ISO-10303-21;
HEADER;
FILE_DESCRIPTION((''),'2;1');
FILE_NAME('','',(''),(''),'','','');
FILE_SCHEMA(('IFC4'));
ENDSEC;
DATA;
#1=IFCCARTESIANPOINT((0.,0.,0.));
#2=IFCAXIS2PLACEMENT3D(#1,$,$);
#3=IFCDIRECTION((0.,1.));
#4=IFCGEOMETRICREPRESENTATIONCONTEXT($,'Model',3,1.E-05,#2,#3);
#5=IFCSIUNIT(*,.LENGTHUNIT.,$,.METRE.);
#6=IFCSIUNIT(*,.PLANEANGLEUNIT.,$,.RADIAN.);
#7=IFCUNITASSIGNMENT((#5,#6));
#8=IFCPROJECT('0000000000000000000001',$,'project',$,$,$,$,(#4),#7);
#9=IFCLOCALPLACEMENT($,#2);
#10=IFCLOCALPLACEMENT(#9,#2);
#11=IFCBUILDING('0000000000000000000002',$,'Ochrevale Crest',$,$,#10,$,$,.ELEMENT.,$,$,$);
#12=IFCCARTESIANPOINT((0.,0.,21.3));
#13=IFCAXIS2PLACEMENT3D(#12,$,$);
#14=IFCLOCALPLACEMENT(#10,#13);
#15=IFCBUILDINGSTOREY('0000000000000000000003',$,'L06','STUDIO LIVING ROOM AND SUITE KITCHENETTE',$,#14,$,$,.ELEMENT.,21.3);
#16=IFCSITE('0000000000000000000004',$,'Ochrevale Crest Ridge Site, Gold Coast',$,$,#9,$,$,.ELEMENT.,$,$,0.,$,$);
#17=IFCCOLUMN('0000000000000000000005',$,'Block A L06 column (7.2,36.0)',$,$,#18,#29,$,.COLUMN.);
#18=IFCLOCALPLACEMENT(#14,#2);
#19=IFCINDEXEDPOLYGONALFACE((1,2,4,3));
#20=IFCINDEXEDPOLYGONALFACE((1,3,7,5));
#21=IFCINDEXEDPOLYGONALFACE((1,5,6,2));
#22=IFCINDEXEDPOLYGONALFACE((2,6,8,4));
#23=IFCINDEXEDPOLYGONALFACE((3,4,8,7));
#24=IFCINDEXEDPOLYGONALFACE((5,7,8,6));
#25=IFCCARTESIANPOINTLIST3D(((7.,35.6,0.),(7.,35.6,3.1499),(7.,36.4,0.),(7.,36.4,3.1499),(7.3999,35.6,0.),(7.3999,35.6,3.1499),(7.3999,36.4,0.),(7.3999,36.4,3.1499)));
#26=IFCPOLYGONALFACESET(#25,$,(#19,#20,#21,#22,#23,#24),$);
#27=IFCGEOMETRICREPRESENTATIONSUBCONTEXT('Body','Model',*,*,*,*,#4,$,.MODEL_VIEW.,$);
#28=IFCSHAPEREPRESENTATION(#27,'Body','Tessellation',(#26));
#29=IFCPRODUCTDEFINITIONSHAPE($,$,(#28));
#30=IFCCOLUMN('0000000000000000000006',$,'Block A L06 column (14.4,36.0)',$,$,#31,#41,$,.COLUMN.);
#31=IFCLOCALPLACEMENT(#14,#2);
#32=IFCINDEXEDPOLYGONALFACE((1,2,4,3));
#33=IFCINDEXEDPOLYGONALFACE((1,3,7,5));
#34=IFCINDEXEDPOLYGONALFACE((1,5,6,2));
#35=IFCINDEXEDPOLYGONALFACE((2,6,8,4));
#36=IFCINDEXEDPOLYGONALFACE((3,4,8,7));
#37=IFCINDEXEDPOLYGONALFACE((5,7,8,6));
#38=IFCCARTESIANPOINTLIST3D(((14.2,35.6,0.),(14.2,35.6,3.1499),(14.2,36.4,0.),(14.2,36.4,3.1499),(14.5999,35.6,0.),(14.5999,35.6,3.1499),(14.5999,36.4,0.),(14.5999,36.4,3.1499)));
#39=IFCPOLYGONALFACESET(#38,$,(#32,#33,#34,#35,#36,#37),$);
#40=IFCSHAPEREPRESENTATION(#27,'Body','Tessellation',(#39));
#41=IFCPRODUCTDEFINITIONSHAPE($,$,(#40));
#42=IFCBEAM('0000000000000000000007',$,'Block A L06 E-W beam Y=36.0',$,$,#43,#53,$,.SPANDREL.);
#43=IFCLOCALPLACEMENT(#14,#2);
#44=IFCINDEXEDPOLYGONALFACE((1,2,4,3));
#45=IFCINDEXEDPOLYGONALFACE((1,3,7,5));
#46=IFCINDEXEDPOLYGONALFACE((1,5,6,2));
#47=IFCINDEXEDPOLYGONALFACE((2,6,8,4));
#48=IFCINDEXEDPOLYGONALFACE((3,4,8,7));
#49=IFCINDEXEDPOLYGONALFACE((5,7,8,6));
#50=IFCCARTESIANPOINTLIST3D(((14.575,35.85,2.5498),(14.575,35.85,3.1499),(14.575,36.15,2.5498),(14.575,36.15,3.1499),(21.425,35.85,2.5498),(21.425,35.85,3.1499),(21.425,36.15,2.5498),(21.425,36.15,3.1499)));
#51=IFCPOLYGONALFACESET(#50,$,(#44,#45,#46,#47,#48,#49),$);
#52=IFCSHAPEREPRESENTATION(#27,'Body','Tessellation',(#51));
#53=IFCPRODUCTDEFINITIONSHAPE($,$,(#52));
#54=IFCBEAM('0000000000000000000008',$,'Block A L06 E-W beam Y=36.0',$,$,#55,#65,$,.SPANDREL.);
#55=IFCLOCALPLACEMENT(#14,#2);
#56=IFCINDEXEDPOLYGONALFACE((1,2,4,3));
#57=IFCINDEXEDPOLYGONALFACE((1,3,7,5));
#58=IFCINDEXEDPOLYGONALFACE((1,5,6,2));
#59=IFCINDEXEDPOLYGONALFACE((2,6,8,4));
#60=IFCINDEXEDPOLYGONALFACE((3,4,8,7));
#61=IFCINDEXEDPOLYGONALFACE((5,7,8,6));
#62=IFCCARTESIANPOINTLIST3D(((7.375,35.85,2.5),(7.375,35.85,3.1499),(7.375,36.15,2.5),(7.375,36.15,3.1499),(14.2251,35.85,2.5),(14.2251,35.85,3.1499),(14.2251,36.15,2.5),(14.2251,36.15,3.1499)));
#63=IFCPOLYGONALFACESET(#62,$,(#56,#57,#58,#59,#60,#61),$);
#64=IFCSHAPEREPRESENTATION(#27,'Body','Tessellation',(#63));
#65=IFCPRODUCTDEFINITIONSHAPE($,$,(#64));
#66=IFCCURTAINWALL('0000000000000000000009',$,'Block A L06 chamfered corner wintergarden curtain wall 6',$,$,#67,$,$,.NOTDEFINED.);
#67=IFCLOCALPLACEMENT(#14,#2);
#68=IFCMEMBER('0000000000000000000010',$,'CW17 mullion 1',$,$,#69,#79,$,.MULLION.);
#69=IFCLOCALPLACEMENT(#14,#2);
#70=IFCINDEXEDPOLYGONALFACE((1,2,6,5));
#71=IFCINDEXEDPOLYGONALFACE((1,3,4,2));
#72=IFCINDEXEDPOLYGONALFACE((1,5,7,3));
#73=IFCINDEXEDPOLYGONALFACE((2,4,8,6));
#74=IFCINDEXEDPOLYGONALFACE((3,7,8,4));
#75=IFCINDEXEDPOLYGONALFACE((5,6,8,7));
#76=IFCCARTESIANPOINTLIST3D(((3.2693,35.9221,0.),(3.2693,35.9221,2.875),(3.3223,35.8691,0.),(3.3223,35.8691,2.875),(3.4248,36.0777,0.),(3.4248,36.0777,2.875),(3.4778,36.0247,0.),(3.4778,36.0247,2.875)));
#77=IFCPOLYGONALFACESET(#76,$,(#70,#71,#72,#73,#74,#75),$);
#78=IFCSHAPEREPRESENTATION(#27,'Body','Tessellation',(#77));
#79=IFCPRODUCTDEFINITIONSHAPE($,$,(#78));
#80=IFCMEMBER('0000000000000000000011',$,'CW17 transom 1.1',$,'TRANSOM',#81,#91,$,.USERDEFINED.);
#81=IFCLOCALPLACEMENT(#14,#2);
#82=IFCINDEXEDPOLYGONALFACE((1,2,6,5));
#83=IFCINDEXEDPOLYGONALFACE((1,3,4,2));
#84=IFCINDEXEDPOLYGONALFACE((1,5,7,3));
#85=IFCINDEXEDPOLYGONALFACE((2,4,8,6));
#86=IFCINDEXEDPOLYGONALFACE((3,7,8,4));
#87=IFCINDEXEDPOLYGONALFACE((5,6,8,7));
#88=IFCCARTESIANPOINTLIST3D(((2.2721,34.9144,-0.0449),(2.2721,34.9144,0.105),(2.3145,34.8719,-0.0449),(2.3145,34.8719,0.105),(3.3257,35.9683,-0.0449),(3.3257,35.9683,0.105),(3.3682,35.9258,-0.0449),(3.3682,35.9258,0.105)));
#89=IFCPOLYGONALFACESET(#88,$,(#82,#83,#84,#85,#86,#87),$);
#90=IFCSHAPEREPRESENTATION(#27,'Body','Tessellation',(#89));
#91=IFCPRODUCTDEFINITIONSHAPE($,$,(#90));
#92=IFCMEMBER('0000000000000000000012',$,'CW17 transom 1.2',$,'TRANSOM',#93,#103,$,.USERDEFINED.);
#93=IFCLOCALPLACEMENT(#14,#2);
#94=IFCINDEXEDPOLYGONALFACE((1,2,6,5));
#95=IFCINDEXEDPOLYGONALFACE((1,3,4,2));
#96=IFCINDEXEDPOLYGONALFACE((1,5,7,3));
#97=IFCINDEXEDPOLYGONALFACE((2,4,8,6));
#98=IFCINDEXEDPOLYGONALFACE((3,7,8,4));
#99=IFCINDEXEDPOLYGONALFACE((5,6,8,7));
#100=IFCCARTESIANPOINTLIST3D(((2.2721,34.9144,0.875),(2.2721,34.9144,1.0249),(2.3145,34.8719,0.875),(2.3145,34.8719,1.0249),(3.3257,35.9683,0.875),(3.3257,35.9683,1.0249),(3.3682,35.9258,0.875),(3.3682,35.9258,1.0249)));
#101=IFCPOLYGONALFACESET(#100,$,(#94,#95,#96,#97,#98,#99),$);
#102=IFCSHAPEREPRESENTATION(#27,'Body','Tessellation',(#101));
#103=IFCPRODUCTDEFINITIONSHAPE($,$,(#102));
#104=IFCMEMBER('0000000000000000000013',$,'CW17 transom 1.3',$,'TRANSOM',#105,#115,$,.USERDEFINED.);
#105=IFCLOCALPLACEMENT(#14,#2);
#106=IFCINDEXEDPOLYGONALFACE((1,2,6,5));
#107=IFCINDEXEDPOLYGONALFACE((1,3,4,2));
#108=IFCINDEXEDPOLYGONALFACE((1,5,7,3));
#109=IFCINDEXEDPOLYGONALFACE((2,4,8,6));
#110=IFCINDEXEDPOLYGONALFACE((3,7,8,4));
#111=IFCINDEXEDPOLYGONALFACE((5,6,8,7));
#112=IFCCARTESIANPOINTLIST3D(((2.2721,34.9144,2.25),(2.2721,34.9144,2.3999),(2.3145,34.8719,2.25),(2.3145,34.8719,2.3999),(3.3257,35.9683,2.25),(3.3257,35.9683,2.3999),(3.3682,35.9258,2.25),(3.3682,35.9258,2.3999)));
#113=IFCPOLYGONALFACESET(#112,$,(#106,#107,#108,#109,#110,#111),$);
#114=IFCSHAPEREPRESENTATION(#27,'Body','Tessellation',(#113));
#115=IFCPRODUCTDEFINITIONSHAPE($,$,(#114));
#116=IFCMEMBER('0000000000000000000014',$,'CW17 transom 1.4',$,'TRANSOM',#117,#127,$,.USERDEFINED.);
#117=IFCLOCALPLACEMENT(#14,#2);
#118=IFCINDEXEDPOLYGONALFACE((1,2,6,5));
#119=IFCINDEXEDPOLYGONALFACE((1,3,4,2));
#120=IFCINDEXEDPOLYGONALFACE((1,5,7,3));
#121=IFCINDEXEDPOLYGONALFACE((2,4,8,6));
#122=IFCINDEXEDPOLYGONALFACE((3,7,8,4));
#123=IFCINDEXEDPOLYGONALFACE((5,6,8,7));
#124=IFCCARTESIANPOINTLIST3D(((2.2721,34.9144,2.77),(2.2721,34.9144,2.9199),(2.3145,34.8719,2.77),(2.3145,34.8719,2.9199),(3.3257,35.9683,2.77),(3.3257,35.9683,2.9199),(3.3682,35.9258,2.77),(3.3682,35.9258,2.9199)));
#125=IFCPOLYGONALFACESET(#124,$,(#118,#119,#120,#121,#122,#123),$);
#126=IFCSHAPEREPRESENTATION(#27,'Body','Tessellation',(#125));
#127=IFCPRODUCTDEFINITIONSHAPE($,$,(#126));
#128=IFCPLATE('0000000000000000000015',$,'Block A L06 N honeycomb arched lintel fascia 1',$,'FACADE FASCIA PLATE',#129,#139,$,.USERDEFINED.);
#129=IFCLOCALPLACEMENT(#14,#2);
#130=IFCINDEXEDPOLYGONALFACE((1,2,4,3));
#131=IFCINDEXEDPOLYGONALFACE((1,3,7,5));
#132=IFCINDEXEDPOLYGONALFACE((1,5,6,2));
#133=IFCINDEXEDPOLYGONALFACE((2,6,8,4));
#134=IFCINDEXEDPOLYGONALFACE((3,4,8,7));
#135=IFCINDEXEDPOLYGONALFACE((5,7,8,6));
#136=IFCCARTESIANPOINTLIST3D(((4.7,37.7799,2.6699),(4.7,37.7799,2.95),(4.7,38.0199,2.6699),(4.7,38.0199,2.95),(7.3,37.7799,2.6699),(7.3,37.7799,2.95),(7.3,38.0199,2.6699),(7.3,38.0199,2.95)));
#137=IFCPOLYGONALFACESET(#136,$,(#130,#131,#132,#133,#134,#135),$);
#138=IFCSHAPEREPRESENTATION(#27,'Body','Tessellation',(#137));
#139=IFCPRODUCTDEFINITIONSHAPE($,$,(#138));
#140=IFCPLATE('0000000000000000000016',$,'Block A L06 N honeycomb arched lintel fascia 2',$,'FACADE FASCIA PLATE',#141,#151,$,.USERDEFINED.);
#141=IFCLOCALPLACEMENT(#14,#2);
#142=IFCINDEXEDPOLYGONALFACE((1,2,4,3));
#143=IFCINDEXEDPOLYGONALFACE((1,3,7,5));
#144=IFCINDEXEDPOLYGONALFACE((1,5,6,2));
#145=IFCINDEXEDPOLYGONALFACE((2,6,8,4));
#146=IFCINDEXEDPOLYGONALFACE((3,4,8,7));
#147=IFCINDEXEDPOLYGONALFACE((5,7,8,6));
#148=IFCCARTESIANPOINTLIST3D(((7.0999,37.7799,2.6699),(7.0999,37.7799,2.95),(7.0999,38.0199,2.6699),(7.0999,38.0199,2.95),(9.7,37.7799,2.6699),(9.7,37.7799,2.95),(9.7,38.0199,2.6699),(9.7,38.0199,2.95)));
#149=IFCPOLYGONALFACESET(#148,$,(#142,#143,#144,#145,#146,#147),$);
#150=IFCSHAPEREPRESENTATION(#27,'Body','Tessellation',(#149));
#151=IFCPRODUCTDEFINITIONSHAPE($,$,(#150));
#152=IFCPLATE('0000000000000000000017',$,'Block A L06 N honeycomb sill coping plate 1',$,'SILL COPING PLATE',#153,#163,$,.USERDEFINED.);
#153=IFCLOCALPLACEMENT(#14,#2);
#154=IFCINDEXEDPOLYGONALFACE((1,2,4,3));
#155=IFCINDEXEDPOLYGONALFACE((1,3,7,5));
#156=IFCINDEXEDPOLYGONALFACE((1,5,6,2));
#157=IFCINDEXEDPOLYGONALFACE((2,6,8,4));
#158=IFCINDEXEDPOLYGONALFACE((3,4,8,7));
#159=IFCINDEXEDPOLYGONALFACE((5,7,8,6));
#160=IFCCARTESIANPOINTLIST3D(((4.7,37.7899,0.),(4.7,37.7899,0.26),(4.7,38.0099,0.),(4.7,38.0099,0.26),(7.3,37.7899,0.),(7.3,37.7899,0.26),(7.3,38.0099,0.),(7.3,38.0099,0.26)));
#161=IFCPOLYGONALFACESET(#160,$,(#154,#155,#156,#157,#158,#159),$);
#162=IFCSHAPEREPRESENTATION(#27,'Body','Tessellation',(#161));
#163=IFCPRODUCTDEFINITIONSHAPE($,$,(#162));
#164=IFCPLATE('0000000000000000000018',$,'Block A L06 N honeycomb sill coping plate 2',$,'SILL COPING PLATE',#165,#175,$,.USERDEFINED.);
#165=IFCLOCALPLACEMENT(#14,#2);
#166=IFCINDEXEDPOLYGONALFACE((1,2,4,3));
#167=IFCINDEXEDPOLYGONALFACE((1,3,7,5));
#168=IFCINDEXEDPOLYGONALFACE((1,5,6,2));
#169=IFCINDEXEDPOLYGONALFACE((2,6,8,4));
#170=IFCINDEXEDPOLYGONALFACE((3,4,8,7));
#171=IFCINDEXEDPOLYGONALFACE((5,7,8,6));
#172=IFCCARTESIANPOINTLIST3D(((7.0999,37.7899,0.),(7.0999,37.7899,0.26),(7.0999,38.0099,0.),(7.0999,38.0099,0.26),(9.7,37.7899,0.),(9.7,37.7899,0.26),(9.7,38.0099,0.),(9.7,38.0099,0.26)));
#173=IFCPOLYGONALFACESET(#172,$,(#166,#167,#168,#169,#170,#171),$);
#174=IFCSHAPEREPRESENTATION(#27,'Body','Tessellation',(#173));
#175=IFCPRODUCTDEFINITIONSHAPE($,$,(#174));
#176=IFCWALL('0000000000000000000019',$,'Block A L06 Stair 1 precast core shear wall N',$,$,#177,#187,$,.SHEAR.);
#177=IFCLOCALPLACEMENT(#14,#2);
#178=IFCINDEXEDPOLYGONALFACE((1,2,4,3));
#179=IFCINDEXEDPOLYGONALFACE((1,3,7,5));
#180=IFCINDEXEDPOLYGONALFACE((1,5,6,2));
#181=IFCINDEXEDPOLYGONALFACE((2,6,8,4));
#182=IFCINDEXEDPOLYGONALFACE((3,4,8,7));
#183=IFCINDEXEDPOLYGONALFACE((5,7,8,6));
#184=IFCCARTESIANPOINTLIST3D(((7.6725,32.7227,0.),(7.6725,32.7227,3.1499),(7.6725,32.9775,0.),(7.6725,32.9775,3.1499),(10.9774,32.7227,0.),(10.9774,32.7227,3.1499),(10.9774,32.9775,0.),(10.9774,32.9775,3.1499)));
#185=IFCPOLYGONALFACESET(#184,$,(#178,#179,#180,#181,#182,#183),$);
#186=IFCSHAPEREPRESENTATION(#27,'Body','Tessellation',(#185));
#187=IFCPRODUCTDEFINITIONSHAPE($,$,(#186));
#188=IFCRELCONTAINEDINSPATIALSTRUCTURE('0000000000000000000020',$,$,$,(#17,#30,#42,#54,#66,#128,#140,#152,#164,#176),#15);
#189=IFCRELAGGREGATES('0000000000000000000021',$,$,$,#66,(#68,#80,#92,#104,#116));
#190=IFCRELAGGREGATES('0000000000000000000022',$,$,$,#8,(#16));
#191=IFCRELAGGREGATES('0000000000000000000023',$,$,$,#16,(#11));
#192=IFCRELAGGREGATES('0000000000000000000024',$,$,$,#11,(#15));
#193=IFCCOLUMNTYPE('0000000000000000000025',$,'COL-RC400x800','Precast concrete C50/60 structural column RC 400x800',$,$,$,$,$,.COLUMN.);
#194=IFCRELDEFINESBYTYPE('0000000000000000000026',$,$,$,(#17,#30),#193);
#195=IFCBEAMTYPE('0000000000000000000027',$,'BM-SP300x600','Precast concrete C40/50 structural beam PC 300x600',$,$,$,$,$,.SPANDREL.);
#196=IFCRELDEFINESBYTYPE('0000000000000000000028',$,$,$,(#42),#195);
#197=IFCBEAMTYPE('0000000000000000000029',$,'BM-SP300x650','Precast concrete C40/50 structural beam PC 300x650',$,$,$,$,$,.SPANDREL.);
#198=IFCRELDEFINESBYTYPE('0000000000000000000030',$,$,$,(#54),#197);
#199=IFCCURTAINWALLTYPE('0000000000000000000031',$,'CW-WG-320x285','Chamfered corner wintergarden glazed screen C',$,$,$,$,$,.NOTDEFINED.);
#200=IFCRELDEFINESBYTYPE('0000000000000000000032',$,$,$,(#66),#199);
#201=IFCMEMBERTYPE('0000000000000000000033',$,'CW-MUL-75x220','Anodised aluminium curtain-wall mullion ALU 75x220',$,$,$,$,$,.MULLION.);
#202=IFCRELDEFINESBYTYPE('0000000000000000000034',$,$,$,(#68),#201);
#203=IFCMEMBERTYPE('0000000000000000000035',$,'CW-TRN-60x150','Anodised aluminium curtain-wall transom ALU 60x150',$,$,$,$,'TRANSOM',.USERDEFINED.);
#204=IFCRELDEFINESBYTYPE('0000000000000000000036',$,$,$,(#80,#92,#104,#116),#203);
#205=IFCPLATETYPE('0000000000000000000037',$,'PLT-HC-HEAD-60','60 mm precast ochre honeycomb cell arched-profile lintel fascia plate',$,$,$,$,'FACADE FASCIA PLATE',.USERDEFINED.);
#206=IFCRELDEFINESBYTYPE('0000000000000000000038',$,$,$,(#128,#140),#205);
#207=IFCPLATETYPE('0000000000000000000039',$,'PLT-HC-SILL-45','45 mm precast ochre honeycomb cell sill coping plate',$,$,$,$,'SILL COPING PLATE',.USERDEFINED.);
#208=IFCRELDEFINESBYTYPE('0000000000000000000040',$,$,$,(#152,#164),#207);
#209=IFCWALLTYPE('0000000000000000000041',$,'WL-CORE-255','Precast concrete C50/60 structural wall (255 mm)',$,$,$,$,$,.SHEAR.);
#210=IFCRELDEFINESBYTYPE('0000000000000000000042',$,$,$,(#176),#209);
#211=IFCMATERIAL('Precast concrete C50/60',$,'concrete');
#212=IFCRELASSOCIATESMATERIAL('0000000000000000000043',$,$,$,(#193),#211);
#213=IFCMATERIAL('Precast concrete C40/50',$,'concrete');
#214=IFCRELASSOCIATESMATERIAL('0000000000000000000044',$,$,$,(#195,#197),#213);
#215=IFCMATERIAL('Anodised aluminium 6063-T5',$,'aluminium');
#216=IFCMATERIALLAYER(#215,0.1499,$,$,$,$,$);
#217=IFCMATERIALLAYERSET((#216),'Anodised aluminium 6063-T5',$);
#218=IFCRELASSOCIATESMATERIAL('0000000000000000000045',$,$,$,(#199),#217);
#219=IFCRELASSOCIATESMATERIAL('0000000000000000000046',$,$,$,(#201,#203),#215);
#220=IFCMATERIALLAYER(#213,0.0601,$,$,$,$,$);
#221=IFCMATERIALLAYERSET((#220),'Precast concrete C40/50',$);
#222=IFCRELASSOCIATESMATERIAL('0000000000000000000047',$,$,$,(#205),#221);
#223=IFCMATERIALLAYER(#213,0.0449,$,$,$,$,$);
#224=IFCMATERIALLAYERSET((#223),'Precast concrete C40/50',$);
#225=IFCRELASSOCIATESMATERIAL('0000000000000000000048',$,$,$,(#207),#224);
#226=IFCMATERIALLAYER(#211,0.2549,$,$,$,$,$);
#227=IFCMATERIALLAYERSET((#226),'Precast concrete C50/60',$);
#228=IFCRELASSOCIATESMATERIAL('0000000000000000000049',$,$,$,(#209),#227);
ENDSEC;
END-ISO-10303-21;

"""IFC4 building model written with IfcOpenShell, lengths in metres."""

from ifc_helpers import new_model, si_unit, direction, frame, frame_2d, origin, origin_2d, place, context, subcontext, project, spatial, rectangle, extrude, material, layer, layer_set, material_profile, profile_set, type_object, element, aggregate, save


model = new_model("IFC4")

# Units and contexts
model_context = context("Model", 3, precision=1e-05, world=origin(), true_north=direction((0.0, 1.0)))
body_context = subcontext(model_context, "Body", "Model", "MODEL_VIEW")
ifc_project = project(units=[si_unit("LENGTHUNIT", "METRE"), si_unit("PLANEANGLEUNIT", "RADIAN")], contexts=[model_context])

# Site, building, storey
site_placement = place(None, origin())
site = spatial("IfcSite", under=ifc_project, at=site_placement, Name="Ochrevale Crest Ridge Site, Gold Coast", CompositionType="ELEMENT", RefElevation=0.0)
building_placement = place(site_placement, origin())
building = spatial("IfcBuilding", under=site, at=building_placement, Name="Ochrevale Crest", CompositionType="ELEMENT")
storey_placement = place(building_placement, frame((0.0, 0.0, 21.3)))
storey = spatial("IfcBuildingStorey", under=building, at=storey_placement, Name="L06", Description="STUDIO LIVING ROOM AND SUITE KITCHENETTE", CompositionType="ELEMENT", Elevation=21.3)

# Columns
ifc_material_1 = material(Name="Precast concrete C50/60", Category="concrete")
ifc_material_profile_1 = material_profile(ifc_material_1, rectangle(XDim=0.3999, YDim=0.8, at=origin_2d()), Name="RC 400x800")
ifc_profile_set_1 = profile_set([ifc_material_profile_1], Name="Precast concrete C50/60")
column_type = type_object("IfcColumnType", Name="COL-RC400x800", Description="Precast concrete C50/60 structural column RC 400x800", PredefinedType="COLUMN", material=ifc_profile_set_1)
for number, where, z_axis, x_axis, name in (
    (1, (7.2, 36.0, 0.0), (0.0, 0.0, 1.0), (1.0, 0.0, 0.0), "Block A L06 column (7.2,36.0)"),
    (2, (14.3999, 36.0, 0.0), (0.0, 0.0, 1.0), (1.0, 0.0, 0.0), "Block A L06 column (14.4,36.0)"),
):
    element("IfcColumn", number, at=place(storey_placement, frame(where, z_axis=z_axis, x_axis=x_axis)), inside=storey, type_object=column_type, Name=name, PredefinedType="COLUMN", context=body_context, shape_type="SweptSolid", body=[
        extrude(rectangle(XDim=0.3999, YDim=0.8, at=origin_2d()), origin(), (0.0, 0.0, 1.0), 3.1499),
    ])

# Beams
ifc_material_2 = material(Name="Precast concrete C40/50", Category="concrete")
ifc_material_profile_2 = material_profile(ifc_material_2, rectangle(XDim=0.3, YDim=0.6001, at=origin_2d()), Name="PC 300x600")
ifc_profile_set_2 = profile_set([ifc_material_profile_2], Name="Precast concrete C40/50")
beam_type_1 = type_object("IfcBeamType", Name="BM-SP300x600", Description="Precast concrete C40/50 structural beam PC 300x600", PredefinedType="SPANDREL", material=ifc_profile_set_2)
beam_1_placement = place(storey_placement, frame((14.575, 36.0, 2.8499), z_axis=(1.0, 0.0, 0.0), x_axis=(0.0, 1.0, 0.0)))
element("IfcBeam", 3, at=beam_1_placement, inside=storey, type_object=beam_type_1, Name="Block A L06 E-W beam Y=36.0", PredefinedType="SPANDREL", context=body_context, shape_type="SweptSolid", body=[
    extrude(rectangle(XDim=0.3, YDim=0.6001, at=origin_2d()), origin(), (0.0, 0.0, 1.0), 6.8501),
])
ifc_material_profile_3 = material_profile(ifc_material_2, rectangle(XDim=0.3, YDim=0.6499, at=origin_2d()), Name="PC 300x650")
ifc_profile_set_3 = profile_set([ifc_material_profile_3], Name="Precast concrete C40/50")
beam_type_2 = type_object("IfcBeamType", Name="BM-SP300x650", Description="Precast concrete C40/50 structural beam PC 300x650", PredefinedType="SPANDREL", material=ifc_profile_set_3)
beam_2_placement = place(storey_placement, frame((7.375, 36.0, 2.825), z_axis=(1.0, 0.0, 0.0), x_axis=(0.0, 1.0, 0.0)))
element("IfcBeam", 4, at=beam_2_placement, inside=storey, type_object=beam_type_2, Name="Block A L06 E-W beam Y=36.0", PredefinedType="SPANDREL", context=body_context, shape_type="SweptSolid", body=[
    extrude(rectangle(XDim=0.3, YDim=0.6499, at=origin_2d()), origin(), (0.0, 0.0, 1.0), 6.8501),
])

# Curtain wall, members
ifc_material_3 = material(Name="Anodised aluminium 6063-T5", Category="aluminium")
ifc_layer_1 = layer(ifc_material_3, 0.1499)
ifc_layer_set_1 = layer_set([ifc_layer_1], Name="Anodised aluminium 6063-T5")
curtain_wall_type = type_object("IfcCurtainWallType", Name="CW-WG-320x285", Description="Chamfered corner wintergarden glazed screen C", PredefinedType="NOTDEFINED", material=ifc_layer_set_1)
curtain_wall_placement = place(storey_placement, origin())
curtain_wall = element("IfcCurtainWall", 5, at=curtain_wall_placement, inside=storey, type_object=curtain_wall_type, Name="Block A L06 chamfered corner wintergarden curtain wall 6", PredefinedType="NOTDEFINED")
ifc_material_profile_4 = material_profile(ifc_material_3, rectangle(XDim=0.075, YDim=0.22, at=origin_2d()), Name="ALU 75x220")
ifc_profile_set_4 = profile_set([ifc_material_profile_4], Name="Anodised aluminium 6063-T5")
member_type_1 = type_object("IfcMemberType", Name="CW-MUL-75x220", Description="Anodised aluminium curtain-wall mullion ALU 75x220", PredefinedType="MULLION", material=ifc_profile_set_4)
member_1_placement = place(storey_placement, frame((3.3735, 35.9734, 0.0), z_axis=(0.0, 0.0, 1.0), x_axis=(0.707107, -0.707107, 0.0)))
member_1 = element("IfcMember", 6, at=member_1_placement, type_object=member_type_1, Name="CW17 mullion 1", PredefinedType="MULLION", context=body_context, shape_type="SweptSolid", body=[
    extrude(rectangle(XDim=0.075, YDim=0.22, at=origin_2d()), origin(), (0.0, 0.0, 1.0), 2.875),
])
ifc_material_profile_5 = material_profile(ifc_material_3, rectangle(XDim=0.0601, YDim=0.1499, at=origin_2d()), Name="ALU 60x150")
ifc_profile_set_5 = profile_set([ifc_material_profile_5], Name="Anodised aluminium 6063-T5")
member_type_2 = type_object("IfcMemberType", Name="CW-TRN-60x150", Description="Anodised aluminium curtain-wall transom ALU 60x150", ElementType="TRANSOM", PredefinedType="USERDEFINED", material=ifc_profile_set_5)
member_2_placement = place(storey_placement, frame((3.3469, 35.947, 0.03), z_axis=(-0.707025, -0.707189, 0.0), x_axis=(0.707189, -0.707025, 0.0)))
member_2 = element("IfcMember", 7, at=member_2_placement, type_object=member_type_2, Name="CW17 transom 1.1", ObjectType="TRANSOM", PredefinedType="USERDEFINED", context=body_context, shape_type="SweptSolid", body=[
    extrude(rectangle(XDim=0.0601, YDim=0.1499, at=origin_2d()), origin(), (0.0, 0.0, 1.0), 1.4902),
])
member_3_placement = place(storey_placement, frame((3.3469, 35.947, 0.95), z_axis=(-0.707025, -0.707189, 0.0), x_axis=(0.707189, -0.707025, 0.0)))
member_3 = element("IfcMember", 8, at=member_3_placement, type_object=member_type_2, Name="CW17 transom 1.2", ObjectType="TRANSOM", PredefinedType="USERDEFINED", context=body_context, shape_type="SweptSolid", body=[
    extrude(rectangle(XDim=0.0601, YDim=0.1499, at=origin_2d()), origin(), (0.0, 0.0, 1.0), 1.4902),
])
member_4_placement = place(storey_placement, frame((3.3469, 35.947, 2.325), z_axis=(-0.707025, -0.707189, 0.0), x_axis=(0.707189, -0.707025, 0.0)))
member_4 = element("IfcMember", 9, at=member_4_placement, type_object=member_type_2, Name="CW17 transom 1.3", ObjectType="TRANSOM", PredefinedType="USERDEFINED", context=body_context, shape_type="SweptSolid", body=[
    extrude(rectangle(XDim=0.0601, YDim=0.1499, at=origin_2d()), origin(), (0.0, 0.0, 1.0), 1.4902),
])
member_5_placement = place(storey_placement, frame((3.3469, 35.947, 2.845), z_axis=(-0.707025, -0.707189, 0.0), x_axis=(0.707189, -0.707025, 0.0)))
member_5 = element("IfcMember", 10, at=member_5_placement, type_object=member_type_2, Name="CW17 transom 1.4", ObjectType="TRANSOM", PredefinedType="USERDEFINED", context=body_context, shape_type="SweptSolid", body=[
    extrude(rectangle(XDim=0.0601, YDim=0.1499, at=origin_2d()), origin(), (0.0, 0.0, 1.0), 1.4902),
])
aggregate(curtain_wall, [member_1, member_2, member_3, member_4, member_5])

# Plates
ifc_layer_2 = layer(ifc_material_2, 0.0601)
ifc_layer_set_2 = layer_set([ifc_layer_2], Name="Precast concrete C40/50")
plate_type_1 = type_object("IfcPlateType", Name="PLT-HC-HEAD-60", Description="60 mm precast ochre honeycomb cell arched-profile lintel fascia plate", ElementType="FACADE FASCIA PLATE", PredefinedType="USERDEFINED", material=ifc_layer_set_2)
for number, where, z_axis, x_axis, name in (
    (11, (6.0, 37.8999, 2.6699), (0.0, 0.0, 1.0), (1.0, 0.0, 0.0), "Block A L06 N honeycomb arched lintel fascia 1"),
    (12, (8.3999, 37.8999, 2.6699), (0.0, 0.0, 1.0), (1.0, 0.0, 0.0), "Block A L06 N honeycomb arched lintel fascia 2"),
):
    element("IfcPlate", number, at=place(storey_placement, frame(where, z_axis=z_axis, x_axis=x_axis)), inside=storey, type_object=plate_type_1, Name=name, ObjectType="FACADE FASCIA PLATE", PredefinedType="USERDEFINED", context=body_context, shape_type="SweptSolid", body=[
        extrude(rectangle(XDim=2.6001, YDim=0.24, at=origin_2d()), origin(), (0.0, 0.0, 1.0), 0.28),
    ])
ifc_layer_3 = layer(ifc_material_2, 0.0449)
ifc_layer_set_3 = layer_set([ifc_layer_3], Name="Precast concrete C40/50")
plate_type_2 = type_object("IfcPlateType", Name="PLT-HC-SILL-45", Description="45 mm precast ochre honeycomb cell sill coping plate", ElementType="SILL COPING PLATE", PredefinedType="USERDEFINED", material=ifc_layer_set_3)
for number, where, z_axis, x_axis, name in (
    (13, (6.0, 37.8999, 0.0), (0.0, 0.0, 1.0), (1.0, 0.0, 0.0), "Block A L06 N honeycomb sill coping plate 1"),
    (14, (8.3999, 37.8999, 0.0), (0.0, 0.0, 1.0), (1.0, 0.0, 0.0), "Block A L06 N honeycomb sill coping plate 2"),
):
    element("IfcPlate", number, at=place(storey_placement, frame(where, z_axis=z_axis, x_axis=x_axis)), inside=storey, type_object=plate_type_2, Name=name, ObjectType="SILL COPING PLATE", PredefinedType="USERDEFINED", context=body_context, shape_type="SweptSolid", body=[
        extrude(rectangle(XDim=2.6001, YDim=0.22, at=origin_2d()), origin(), (0.0, 0.0, 1.0), 0.26),
    ])

# Wall
ifc_layer_4 = layer(ifc_material_1, 0.2549)
ifc_layer_set_4 = layer_set([ifc_layer_4], Name="Precast concrete C50/60")
wall_type_1 = type_object("IfcWallType", Name="WL-CORE-255", Description="Precast concrete C50/60 structural wall (255 mm)", PredefinedType="SHEAR", material=ifc_layer_set_4)
wall_1_placement = place(storey_placement, frame((7.6726, 32.8501, 0.0), z_axis=(0.0, 0.0, 1.0), x_axis=(1.0, 0.0, 0.0)))
element("IfcWall", 15, at=wall_1_placement, inside=storey, type_object=wall_type_1, Name="Block A L06 Stair 1 precast core shear wall N", PredefinedType="SHEAR", context=body_context, shape_type="SweptSolid", body=[
    extrude(rectangle(XDim=3.3049, YDim=0.2549, at=frame_2d((1.6523, 0.0))), origin(), (0.0, 0.0, 1.0), 3.1499),
])

save(model, "model.ifc")
